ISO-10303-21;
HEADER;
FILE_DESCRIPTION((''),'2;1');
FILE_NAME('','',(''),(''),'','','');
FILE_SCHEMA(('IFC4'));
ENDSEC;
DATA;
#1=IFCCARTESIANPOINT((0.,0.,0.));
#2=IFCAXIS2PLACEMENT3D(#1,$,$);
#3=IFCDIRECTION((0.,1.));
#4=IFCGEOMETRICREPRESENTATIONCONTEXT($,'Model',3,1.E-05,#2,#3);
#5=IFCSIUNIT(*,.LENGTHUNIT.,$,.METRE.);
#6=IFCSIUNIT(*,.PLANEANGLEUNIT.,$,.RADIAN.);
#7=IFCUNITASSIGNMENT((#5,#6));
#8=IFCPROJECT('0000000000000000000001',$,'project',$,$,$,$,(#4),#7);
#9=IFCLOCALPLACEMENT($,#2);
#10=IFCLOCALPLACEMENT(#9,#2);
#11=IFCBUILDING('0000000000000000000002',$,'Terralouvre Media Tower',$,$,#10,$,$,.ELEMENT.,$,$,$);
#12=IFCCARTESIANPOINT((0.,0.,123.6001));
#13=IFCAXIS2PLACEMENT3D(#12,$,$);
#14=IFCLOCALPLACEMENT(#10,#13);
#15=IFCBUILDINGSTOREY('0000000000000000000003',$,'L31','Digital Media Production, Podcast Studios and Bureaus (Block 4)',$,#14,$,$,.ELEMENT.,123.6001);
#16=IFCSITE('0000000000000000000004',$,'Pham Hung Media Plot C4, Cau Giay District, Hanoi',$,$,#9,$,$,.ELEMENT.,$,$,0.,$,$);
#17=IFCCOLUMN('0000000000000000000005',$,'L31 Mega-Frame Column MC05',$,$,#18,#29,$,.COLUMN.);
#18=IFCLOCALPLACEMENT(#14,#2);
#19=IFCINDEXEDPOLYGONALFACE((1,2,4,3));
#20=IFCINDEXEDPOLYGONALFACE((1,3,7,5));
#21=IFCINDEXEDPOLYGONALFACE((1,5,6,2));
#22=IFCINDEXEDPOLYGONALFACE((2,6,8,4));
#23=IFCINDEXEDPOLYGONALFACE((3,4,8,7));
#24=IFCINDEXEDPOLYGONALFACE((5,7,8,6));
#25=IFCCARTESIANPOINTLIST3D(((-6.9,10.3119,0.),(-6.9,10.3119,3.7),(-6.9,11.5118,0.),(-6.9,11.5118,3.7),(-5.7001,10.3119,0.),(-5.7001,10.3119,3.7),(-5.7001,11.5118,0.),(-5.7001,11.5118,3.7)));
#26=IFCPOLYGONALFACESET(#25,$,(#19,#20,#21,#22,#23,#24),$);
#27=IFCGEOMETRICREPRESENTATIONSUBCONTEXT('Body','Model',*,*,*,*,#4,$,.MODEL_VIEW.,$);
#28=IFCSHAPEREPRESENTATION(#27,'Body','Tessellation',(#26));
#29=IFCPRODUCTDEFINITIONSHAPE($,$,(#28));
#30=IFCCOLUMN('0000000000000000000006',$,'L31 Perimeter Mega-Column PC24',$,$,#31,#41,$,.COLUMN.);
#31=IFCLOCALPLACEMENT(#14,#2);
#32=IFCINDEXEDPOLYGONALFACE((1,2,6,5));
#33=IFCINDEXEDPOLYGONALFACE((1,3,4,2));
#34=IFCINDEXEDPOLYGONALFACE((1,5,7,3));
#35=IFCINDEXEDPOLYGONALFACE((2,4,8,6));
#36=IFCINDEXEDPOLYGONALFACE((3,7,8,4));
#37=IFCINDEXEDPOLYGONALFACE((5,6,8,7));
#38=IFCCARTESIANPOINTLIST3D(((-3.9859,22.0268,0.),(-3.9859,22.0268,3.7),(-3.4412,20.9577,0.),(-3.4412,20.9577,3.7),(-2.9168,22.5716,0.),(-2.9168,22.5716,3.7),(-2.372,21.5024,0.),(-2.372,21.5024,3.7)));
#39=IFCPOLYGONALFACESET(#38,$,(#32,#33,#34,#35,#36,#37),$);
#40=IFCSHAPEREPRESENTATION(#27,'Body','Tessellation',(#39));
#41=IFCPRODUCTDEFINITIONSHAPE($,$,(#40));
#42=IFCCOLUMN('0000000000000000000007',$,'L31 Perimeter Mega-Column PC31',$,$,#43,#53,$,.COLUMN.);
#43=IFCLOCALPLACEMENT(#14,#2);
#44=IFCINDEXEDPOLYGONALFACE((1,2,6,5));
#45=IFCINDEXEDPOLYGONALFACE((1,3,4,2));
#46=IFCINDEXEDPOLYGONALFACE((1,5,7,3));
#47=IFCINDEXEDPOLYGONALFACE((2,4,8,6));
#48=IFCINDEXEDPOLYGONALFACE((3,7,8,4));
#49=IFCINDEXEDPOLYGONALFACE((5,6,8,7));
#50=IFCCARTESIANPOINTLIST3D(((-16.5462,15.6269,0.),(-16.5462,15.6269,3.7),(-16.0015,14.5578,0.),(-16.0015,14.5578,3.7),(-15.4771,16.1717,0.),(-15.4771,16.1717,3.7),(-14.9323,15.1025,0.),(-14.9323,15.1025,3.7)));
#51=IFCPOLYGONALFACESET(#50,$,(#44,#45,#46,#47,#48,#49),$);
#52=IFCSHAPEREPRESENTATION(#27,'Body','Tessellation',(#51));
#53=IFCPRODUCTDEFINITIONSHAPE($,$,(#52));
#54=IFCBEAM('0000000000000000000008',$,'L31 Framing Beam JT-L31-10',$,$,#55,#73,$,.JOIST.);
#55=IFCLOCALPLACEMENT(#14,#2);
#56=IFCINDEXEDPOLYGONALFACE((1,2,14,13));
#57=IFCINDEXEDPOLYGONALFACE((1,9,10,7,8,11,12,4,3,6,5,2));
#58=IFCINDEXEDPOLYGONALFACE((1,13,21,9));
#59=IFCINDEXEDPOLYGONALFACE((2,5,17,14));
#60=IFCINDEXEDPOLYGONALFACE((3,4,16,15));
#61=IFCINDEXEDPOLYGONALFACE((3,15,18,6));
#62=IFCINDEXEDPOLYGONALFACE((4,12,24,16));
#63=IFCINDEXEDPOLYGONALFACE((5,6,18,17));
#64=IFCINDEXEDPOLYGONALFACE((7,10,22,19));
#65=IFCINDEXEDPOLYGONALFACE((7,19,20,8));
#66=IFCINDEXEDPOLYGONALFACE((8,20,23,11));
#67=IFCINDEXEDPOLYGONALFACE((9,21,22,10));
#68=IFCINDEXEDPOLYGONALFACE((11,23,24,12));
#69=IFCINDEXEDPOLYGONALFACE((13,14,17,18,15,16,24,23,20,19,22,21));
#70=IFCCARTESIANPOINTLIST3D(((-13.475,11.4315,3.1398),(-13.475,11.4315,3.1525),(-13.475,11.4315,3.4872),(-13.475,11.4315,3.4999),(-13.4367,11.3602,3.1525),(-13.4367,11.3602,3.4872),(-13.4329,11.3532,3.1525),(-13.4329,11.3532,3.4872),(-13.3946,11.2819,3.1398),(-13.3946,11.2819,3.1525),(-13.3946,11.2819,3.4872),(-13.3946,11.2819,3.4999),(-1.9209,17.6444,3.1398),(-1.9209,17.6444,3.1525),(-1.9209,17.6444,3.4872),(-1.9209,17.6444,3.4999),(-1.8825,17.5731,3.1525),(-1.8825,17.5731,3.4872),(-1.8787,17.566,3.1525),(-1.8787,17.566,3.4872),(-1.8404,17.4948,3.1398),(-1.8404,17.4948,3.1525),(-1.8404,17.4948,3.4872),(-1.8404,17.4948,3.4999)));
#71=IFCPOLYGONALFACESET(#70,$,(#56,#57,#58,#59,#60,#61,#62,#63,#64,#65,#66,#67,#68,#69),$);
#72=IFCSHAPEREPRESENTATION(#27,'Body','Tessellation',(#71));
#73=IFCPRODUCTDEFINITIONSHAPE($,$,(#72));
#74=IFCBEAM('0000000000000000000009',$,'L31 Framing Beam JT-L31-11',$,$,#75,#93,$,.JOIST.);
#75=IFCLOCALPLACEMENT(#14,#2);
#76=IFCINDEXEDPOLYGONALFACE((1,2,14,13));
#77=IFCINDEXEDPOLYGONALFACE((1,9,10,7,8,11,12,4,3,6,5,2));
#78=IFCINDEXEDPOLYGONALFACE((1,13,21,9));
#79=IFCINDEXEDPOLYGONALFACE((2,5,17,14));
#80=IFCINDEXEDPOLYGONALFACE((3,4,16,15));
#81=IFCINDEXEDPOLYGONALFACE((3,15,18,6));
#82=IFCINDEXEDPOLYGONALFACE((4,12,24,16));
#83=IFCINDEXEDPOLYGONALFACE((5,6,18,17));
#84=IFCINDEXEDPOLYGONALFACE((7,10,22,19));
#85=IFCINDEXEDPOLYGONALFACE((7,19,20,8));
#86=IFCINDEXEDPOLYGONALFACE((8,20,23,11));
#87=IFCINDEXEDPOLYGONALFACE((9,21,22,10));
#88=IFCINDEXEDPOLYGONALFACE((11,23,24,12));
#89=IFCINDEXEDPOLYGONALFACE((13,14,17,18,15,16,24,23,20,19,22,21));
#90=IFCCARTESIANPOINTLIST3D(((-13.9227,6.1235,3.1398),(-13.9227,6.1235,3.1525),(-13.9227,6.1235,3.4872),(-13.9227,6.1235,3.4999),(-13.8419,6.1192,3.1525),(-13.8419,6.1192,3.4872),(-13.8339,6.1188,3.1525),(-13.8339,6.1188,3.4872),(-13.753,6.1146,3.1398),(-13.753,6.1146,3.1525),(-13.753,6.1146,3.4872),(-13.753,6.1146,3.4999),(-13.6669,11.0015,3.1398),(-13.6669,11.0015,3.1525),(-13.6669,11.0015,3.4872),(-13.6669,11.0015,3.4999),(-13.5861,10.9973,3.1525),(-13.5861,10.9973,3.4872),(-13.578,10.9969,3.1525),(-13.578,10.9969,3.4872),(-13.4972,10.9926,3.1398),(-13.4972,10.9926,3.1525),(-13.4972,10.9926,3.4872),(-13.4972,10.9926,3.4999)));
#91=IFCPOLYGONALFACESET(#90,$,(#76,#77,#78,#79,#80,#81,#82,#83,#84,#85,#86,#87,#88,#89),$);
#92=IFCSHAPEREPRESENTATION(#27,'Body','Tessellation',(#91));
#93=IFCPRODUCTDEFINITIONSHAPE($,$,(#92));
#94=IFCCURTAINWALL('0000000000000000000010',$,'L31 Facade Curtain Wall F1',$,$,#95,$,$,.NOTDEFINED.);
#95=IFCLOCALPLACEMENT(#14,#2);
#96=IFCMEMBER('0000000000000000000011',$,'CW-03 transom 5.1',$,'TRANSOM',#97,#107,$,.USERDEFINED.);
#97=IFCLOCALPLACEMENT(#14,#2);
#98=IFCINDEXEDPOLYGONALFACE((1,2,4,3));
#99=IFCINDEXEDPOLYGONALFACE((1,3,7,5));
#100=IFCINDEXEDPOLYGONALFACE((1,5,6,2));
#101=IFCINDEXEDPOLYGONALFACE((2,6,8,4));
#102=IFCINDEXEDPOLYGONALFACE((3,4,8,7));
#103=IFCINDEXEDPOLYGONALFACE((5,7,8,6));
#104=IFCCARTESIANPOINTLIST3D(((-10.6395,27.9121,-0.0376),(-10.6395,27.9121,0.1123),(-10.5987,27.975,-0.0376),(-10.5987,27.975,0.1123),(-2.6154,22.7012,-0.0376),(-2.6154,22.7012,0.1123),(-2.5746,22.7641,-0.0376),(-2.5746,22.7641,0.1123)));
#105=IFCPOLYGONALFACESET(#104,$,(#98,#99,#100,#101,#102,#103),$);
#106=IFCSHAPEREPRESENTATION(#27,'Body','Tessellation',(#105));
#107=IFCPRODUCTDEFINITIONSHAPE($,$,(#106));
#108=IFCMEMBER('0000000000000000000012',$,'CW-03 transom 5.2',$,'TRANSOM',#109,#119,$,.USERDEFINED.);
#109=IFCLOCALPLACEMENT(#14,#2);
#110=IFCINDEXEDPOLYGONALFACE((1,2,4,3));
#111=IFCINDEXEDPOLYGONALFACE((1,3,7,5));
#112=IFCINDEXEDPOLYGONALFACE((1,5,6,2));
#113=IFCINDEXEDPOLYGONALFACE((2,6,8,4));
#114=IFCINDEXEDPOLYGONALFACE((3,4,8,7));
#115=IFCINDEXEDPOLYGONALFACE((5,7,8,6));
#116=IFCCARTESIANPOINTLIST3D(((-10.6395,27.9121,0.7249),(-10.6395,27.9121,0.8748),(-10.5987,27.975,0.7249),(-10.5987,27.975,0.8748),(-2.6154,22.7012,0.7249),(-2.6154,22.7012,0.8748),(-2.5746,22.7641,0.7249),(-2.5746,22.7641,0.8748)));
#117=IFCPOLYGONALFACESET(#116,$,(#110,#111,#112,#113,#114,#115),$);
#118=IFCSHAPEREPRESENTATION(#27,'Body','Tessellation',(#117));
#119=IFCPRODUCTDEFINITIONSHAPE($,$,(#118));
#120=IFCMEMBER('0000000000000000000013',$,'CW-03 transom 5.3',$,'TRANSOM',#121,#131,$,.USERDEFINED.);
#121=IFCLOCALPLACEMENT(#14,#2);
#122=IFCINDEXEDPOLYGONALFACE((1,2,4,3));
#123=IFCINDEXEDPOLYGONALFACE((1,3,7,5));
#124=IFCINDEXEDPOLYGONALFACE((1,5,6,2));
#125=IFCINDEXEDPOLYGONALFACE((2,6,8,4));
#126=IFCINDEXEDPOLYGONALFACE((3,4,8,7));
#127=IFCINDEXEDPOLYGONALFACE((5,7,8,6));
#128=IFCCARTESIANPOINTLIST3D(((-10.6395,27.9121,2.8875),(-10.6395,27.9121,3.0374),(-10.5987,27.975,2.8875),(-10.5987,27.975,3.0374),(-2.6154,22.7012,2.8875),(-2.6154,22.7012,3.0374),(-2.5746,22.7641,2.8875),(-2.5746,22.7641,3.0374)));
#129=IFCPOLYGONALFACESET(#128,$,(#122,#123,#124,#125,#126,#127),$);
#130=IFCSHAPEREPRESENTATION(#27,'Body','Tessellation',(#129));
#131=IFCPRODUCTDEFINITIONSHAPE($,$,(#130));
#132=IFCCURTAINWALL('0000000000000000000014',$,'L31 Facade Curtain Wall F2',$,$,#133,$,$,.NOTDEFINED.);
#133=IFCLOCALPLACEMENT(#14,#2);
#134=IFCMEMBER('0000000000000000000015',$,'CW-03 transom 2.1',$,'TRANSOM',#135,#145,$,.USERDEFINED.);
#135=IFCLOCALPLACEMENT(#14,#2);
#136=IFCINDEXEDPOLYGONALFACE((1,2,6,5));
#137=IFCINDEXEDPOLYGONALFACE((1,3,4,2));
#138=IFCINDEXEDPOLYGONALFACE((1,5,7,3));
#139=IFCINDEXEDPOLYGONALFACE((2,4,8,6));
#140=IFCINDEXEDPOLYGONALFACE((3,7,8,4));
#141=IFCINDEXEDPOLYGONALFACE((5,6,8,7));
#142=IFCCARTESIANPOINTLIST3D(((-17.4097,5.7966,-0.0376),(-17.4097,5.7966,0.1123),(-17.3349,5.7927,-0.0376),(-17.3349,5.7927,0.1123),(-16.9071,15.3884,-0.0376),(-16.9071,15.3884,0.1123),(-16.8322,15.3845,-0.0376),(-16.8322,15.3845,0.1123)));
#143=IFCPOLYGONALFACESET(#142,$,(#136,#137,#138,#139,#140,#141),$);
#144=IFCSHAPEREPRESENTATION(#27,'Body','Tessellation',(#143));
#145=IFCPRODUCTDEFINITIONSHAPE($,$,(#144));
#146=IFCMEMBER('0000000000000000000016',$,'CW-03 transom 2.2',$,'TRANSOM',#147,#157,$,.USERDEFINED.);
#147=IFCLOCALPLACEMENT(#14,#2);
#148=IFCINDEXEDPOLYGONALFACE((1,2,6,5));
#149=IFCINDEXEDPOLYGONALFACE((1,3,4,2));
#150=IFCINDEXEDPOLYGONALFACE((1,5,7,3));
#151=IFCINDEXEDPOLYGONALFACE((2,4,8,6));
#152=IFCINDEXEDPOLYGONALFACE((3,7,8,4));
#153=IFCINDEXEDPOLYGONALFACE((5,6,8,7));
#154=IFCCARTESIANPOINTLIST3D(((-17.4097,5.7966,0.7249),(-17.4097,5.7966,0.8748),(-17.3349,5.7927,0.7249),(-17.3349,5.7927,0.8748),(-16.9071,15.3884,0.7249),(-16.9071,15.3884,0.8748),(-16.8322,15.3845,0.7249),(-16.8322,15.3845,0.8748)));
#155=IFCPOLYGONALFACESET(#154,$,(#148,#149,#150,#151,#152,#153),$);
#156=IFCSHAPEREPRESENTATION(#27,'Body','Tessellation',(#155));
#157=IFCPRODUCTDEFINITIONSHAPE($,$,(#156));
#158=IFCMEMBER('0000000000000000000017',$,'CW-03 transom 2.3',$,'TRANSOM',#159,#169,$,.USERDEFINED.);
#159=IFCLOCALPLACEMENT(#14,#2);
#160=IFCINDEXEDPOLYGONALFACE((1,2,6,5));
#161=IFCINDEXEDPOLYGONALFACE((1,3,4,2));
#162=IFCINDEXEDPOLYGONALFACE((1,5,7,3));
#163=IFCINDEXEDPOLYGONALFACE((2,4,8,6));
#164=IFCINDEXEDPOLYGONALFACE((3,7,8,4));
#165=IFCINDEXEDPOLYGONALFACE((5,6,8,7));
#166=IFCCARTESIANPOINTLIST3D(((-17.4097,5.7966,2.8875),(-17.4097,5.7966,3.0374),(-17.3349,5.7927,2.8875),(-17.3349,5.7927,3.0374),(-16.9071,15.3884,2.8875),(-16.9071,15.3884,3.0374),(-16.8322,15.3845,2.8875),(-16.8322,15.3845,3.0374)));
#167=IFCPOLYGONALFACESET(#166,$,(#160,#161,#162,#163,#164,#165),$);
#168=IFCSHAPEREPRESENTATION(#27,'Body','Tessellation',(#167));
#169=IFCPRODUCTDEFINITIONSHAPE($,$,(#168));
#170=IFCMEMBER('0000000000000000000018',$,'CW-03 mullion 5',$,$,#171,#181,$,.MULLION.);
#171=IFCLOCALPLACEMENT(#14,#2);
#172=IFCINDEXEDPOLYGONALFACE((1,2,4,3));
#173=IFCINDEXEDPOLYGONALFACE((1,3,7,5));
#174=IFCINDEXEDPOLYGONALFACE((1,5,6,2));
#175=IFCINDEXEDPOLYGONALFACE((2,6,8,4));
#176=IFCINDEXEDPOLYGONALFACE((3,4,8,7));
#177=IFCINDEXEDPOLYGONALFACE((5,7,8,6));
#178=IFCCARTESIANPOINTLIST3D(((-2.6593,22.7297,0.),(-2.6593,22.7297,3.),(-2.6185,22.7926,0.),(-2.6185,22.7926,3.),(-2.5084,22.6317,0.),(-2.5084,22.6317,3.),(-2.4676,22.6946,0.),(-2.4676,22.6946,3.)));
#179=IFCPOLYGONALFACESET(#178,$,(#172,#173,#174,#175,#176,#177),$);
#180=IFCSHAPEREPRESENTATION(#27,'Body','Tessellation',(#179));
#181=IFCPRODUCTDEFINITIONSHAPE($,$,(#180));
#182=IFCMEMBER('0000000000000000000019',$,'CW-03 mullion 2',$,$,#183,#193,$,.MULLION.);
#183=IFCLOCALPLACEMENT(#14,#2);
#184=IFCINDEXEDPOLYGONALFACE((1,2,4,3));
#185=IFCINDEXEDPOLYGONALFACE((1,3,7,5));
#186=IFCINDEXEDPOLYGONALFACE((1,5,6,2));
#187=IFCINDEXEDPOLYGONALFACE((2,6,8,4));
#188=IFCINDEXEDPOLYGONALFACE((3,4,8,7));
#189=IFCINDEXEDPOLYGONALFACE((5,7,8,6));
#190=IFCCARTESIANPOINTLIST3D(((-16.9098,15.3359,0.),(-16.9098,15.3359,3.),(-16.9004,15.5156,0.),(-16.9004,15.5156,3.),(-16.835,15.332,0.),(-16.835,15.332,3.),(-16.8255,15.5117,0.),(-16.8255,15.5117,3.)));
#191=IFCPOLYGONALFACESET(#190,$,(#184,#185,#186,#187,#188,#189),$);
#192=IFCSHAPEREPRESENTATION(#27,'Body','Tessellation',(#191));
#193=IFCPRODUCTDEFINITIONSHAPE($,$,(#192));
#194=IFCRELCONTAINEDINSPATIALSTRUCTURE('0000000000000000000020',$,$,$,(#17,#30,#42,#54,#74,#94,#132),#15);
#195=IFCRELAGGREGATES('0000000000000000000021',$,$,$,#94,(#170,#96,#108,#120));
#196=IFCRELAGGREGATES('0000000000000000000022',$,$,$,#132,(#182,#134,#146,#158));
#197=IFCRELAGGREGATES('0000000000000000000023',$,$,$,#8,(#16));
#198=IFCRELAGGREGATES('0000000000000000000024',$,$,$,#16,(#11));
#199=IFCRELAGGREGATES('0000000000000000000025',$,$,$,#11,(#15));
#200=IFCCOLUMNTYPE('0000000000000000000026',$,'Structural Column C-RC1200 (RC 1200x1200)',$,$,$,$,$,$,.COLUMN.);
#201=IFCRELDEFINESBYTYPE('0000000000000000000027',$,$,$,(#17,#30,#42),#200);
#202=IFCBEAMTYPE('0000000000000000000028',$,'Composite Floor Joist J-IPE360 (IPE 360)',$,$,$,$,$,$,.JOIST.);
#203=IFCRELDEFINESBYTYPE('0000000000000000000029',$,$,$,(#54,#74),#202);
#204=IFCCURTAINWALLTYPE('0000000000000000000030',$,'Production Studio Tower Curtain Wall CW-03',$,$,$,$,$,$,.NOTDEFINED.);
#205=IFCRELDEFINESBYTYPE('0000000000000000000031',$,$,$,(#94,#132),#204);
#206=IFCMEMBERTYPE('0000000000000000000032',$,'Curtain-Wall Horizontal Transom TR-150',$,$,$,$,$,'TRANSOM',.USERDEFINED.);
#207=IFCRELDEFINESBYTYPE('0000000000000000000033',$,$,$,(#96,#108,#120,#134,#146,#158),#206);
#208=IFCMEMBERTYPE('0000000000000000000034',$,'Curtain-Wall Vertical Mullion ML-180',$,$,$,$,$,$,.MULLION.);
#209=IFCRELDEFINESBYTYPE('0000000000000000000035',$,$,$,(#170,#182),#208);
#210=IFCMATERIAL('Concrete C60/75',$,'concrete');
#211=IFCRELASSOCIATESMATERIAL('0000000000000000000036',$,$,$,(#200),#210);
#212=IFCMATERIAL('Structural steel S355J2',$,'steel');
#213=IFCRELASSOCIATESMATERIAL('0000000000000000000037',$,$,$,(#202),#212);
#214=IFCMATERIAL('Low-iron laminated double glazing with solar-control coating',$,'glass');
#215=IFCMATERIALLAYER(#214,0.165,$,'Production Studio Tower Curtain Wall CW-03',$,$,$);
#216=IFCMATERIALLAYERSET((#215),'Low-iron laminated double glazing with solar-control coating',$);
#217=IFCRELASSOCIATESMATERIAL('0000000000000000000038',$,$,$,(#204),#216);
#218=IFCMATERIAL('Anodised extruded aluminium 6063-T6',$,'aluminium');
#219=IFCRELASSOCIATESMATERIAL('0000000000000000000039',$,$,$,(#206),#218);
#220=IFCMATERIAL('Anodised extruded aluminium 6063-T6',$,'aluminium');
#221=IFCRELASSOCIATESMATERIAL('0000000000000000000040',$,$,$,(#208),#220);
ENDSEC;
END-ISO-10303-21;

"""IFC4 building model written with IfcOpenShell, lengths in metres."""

from ifc_helpers import new_model, si_unit, direction, frame, origin, origin_2d, place, context, subcontext, project, spatial, rectangle, i_section, extrude, material, layer, layer_set, material_profile, profile_set, type_object, element, aggregate, save


model = new_model("IFC4")

# Units and contexts
model_context = context("Model", 3, precision=1e-05, world=origin(), true_north=direction((0.0, 1.0)))
body_context = subcontext(model_context, "Body", "Model", "MODEL_VIEW")
ifc_project = project(units=[si_unit("LENGTHUNIT", "METRE"), si_unit("PLANEANGLEUNIT", "RADIAN")], contexts=[model_context])

# Site, building, storey
site_placement = place(None, origin())
site = spatial("IfcSite", under=ifc_project, at=site_placement, Name="Pham Hung Media Plot C4, Cau Giay District, Hanoi", CompositionType="ELEMENT", RefElevation=0.0)
building_placement = place(site_placement, origin())
building = spatial("IfcBuilding", under=site, at=building_placement, Name="Terralouvre Media Tower", CompositionType="ELEMENT")
storey_placement = place(building_placement, frame((0.0, 0.0, 123.6001)))
storey = spatial("IfcBuildingStorey", under=building, at=storey_placement, Name="L31", Description="Digital Media Production, Podcast Studios and Bureaus (Block 4)", CompositionType="ELEMENT", Elevation=123.6001)

# Columns
ifc_material_1 = material(Name="Concrete C60/75", Category="concrete")
ifc_material_profile_1 = material_profile(ifc_material_1, rectangle(XDim=1.2, YDim=1.2, at=origin_2d()), Name="RC 1200x1200")
ifc_profile_set_1 = profile_set([ifc_material_profile_1], Name="Concrete C60/75")
column_type = type_object("IfcColumnType", Name="Structural Column C-RC1200 (RC 1200x1200)", PredefinedType="COLUMN", material=ifc_profile_set_1)
for number, where, z_axis, x_axis, name in (
    (1, (-6.3, 10.9119, 0.0), (0.0, 0.0, 1.0), (1.0, 0.0, 0.0), "L31 Mega-Frame Column MC05"),
    (2, (-3.179, 21.7646, 0.0), (0.0, 0.0, 1.0), (0.891007, 0.45399, 0.0), "L31 Perimeter Mega-Column PC24"),
    (3, (-15.7393, 15.3647, 0.0), (0.0, 0.0, 1.0), (0.891007, 0.45399, 0.0), "L31 Perimeter Mega-Column PC31"),
):
    element("IfcColumn", number, at=place(storey_placement, frame(where, z_axis=z_axis, x_axis=x_axis)), inside=storey, type_object=column_type, Name=name, PredefinedType="COLUMN", context=body_context, shape_type="SweptSolid", body=[
        extrude(rectangle(XDim=1.2, YDim=1.2, at=origin_2d()), origin(), (0.0, 0.0, 1.0), 3.7),
    ])

# Beams
ifc_material_2 = material(Name="Structural steel S355J2", Category="steel")
ifc_material_profile_2 = material_profile(ifc_material_2, i_section(OverallWidth=0.1699, OverallDepth=0.3601, WebThickness=0.0081, FlangeThickness=0.0127, at=origin_2d()), Name="IPE 360")
ifc_profile_set_2 = profile_set([ifc_material_profile_2], Name="Structural steel S355J2")
beam_type_1 = type_object("IfcBeamType", Name="Composite Floor Joist J-IPE360 (IPE 360)", PredefinedType="JOIST", material=ifc_profile_set_2)
beam_1_placement = place(storey_placement, frame((-1.8806, 17.5696, 3.3198), z_axis=(-0.880745, -0.473591, 0.0), x_axis=(0.473591, -0.880745, 0.0)))
element("IfcBeam", 4, at=beam_1_placement, inside=storey, type_object=beam_type_1, Name="L31 Framing Beam JT-L31-10", PredefinedType="JOIST", context=body_context, shape_type="SweptSolid", body=[
    extrude(i_section(OverallWidth=0.1699, OverallDepth=0.3601, WebThickness=0.0081, FlangeThickness=0.0127, at=origin_2d()), origin(), (0.0, 0.0, 1.0), 13.1187),
])
beam_2_placement = place(storey_placement, frame((-13.582, 10.9971, 3.3198), z_axis=(-0.052378, -0.998627, 0.0), x_axis=(0.998627, -0.052378, 0.0)))
element("IfcBeam", 5, at=beam_2_placement, inside=storey, type_object=beam_type_1, Name="L31 Framing Beam JT-L31-11", PredefinedType="JOIST", context=body_context, shape_type="SweptSolid", body=[
    extrude(i_section(OverallWidth=0.1699, OverallDepth=0.3601, WebThickness=0.0081, FlangeThickness=0.0127, at=origin_2d()), origin(), (0.0, 0.0, 1.0), 4.8848),
])

# Curtain walls, members
ifc_material_3 = material(Name="Low-iron laminated double glazing with solar-control coating", Category="glass")
ifc_layer_1 = layer(ifc_material_3, 0.165, Name="Production Studio Tower Curtain Wall CW-03")
ifc_layer_set_1 = layer_set([ifc_layer_1], Name="Low-iron laminated double glazing with solar-control coating")
curtain_wall_type = type_object("IfcCurtainWallType", Name="Production Studio Tower Curtain Wall CW-03", PredefinedType="NOTDEFINED", material=ifc_layer_set_1)
curtain_wall_1_placement = place(storey_placement, origin())
curtain_wall_1 = element("IfcCurtainWall", 6, at=curtain_wall_1_placement, inside=storey, type_object=curtain_wall_type, Name="L31 Facade Curtain Wall F1", PredefinedType="NOTDEFINED")
ifc_material_4 = material(Name="Anodised extruded aluminium 6063-T6", Category="aluminium")
ifc_material_profile_3 = material_profile(ifc_material_4, rectangle(XDim=0.075, YDim=0.1499, at=origin_2d()), Name="ALU 75x150")
ifc_profile_set_3 = profile_set([ifc_material_profile_3], Name="Anodised extruded aluminium 6063-T6")
member_type_1 = type_object("IfcMemberType", Name="Curtain-Wall Horizontal Transom TR-150", ElementType="TRANSOM", PredefinedType="USERDEFINED", material=ifc_profile_set_3)
member_1_placement = place(storey_placement, frame((-2.595, 22.7327, 0.0374), z_axis=(-0.838671, 0.544638, 0.0), x_axis=(-0.544638, -0.838671, 0.0)))
member_1 = element("IfcMember", 7, at=member_1_placement, type_object=member_type_1, Name="CW-03 transom 5.1", ObjectType="TRANSOM", PredefinedType="USERDEFINED", context=body_context, shape_type="SweptSolid", body=[
    extrude(rectangle(XDim=0.075, YDim=0.1499, at=origin_2d()), origin(), (0.0, 0.0, 1.0), 9.5676),
])
member_2_placement = place(storey_placement, frame((-2.595, 22.7327, 0.7998), z_axis=(-0.838671, 0.544638, 0.0), x_axis=(-0.544638, -0.838671, 0.0)))
member_2 = element("IfcMember", 8, at=member_2_placement, type_object=member_type_1, Name="CW-03 transom 5.2", ObjectType="TRANSOM", PredefinedType="USERDEFINED", context=body_context, shape_type="SweptSolid", body=[
    extrude(rectangle(XDim=0.075, YDim=0.1499, at=origin_2d()), origin(), (0.0, 0.0, 1.0), 9.5676),
])
member_3_placement = place(storey_placement, frame((-2.595, 22.7327, 2.9624), z_axis=(-0.838671, 0.544638, 0.0), x_axis=(-0.544638, -0.838671, 0.0)))
member_3 = element("IfcMember", 9, at=member_3_placement, type_object=member_type_1, Name="CW-03 transom 5.3", ObjectType="TRANSOM", PredefinedType="USERDEFINED", context=body_context, shape_type="SweptSolid", body=[
    extrude(rectangle(XDim=0.075, YDim=0.1499, at=origin_2d()), origin(), (0.0, 0.0, 1.0), 9.5676),
])
curtain_wall_2_placement = place(storey_placement, origin())
curtain_wall_2 = element("IfcCurtainWall", 10, at=curtain_wall_2_placement, inside=storey, type_object=curtain_wall_type, Name="L31 Facade Curtain Wall F2", PredefinedType="NOTDEFINED")
member_4_placement = place(storey_placement, frame((-16.8696, 15.3865, 0.0374), z_axis=(-0.052336, -0.99863, 0.0), x_axis=(0.99863, -0.052336, 0.0)))
member_4 = element("IfcMember", 11, at=member_4_placement, type_object=member_type_1, Name="CW-03 transom 2.1", ObjectType="TRANSOM", PredefinedType="USERDEFINED", context=body_context, shape_type="SweptSolid", body=[
    extrude(rectangle(XDim=0.075, YDim=0.1499, at=origin_2d()), origin(), (0.0, 0.0, 1.0), 9.605),
])
member_5_placement = place(storey_placement, frame((-16.8696, 15.3865, 0.7998), z_axis=(-0.052336, -0.99863, 0.0), x_axis=(0.99863, -0.052336, 0.0)))
member_5 = element("IfcMember", 12, at=member_5_placement, type_object=member_type_1, Name="CW-03 transom 2.2", ObjectType="TRANSOM", PredefinedType="USERDEFINED", context=body_context, shape_type="SweptSolid", body=[
    extrude(rectangle(XDim=0.075, YDim=0.1499, at=origin_2d()), origin(), (0.0, 0.0, 1.0), 9.605),
])
member_6_placement = place(storey_placement, frame((-16.8696, 15.3865, 2.9624), z_axis=(-0.052336, -0.99863, 0.0), x_axis=(0.99863, -0.052336, 0.0)))
member_6 = element("IfcMember", 13, at=member_6_placement, type_object=member_type_1, Name="CW-03 transom 2.3", ObjectType="TRANSOM", PredefinedType="USERDEFINED", context=body_context, shape_type="SweptSolid", body=[
    extrude(rectangle(XDim=0.075, YDim=0.1499, at=origin_2d()), origin(), (0.0, 0.0, 1.0), 9.605),
])

# Members
ifc_material_5 = material(Name="Anodised extruded aluminium 6063-T6", Category="aluminium")
ifc_material_profile_4 = material_profile(ifc_material_5, rectangle(XDim=0.075, YDim=0.1799, at=origin_2d()), Name="ALU 75x180")
ifc_profile_set_4 = profile_set([ifc_material_profile_4], Name="Anodised extruded aluminium 6063-T6")
member_type_2 = type_object("IfcMemberType", Name="Curtain-Wall Vertical Mullion ML-180", PredefinedType="MULLION", material=ifc_profile_set_4)
member_7_placement = place(storey_placement, frame((-2.5635, 22.7122, 0.0), z_axis=(0.0, 0.0, 1.0), x_axis=(-0.544639, -0.838671, 0.0)))
member_7 = element("IfcMember", 14, at=member_7_placement, type_object=member_type_2, Name="CW-03 mullion 5", PredefinedType="MULLION", context=body_context, shape_type="SweptSolid", body=[
    extrude(rectangle(XDim=0.075, YDim=0.1799, at=origin_2d()), origin(), (0.0, 0.0, 1.0), 3.0),
])
aggregate(curtain_wall_1, [member_7, member_1, member_2, member_3])
member_8_placement = place(storey_placement, frame((-16.8677, 15.4238, 0.0), z_axis=(0.0, 0.0, 1.0), x_axis=(0.99863, -0.052336, 0.0)))
member_8 = element("IfcMember", 15, at=member_8_placement, type_object=member_type_2, Name="CW-03 mullion 2", PredefinedType="MULLION", context=body_context, shape_type="SweptSolid", body=[
    extrude(rectangle(XDim=0.075, YDim=0.1799, at=origin_2d()), origin(), (0.0, 0.0, 1.0), 3.0),
])

aggregate(curtain_wall_2, [member_8, member_4, member_5, member_6])

save(model, "model.ifc")
